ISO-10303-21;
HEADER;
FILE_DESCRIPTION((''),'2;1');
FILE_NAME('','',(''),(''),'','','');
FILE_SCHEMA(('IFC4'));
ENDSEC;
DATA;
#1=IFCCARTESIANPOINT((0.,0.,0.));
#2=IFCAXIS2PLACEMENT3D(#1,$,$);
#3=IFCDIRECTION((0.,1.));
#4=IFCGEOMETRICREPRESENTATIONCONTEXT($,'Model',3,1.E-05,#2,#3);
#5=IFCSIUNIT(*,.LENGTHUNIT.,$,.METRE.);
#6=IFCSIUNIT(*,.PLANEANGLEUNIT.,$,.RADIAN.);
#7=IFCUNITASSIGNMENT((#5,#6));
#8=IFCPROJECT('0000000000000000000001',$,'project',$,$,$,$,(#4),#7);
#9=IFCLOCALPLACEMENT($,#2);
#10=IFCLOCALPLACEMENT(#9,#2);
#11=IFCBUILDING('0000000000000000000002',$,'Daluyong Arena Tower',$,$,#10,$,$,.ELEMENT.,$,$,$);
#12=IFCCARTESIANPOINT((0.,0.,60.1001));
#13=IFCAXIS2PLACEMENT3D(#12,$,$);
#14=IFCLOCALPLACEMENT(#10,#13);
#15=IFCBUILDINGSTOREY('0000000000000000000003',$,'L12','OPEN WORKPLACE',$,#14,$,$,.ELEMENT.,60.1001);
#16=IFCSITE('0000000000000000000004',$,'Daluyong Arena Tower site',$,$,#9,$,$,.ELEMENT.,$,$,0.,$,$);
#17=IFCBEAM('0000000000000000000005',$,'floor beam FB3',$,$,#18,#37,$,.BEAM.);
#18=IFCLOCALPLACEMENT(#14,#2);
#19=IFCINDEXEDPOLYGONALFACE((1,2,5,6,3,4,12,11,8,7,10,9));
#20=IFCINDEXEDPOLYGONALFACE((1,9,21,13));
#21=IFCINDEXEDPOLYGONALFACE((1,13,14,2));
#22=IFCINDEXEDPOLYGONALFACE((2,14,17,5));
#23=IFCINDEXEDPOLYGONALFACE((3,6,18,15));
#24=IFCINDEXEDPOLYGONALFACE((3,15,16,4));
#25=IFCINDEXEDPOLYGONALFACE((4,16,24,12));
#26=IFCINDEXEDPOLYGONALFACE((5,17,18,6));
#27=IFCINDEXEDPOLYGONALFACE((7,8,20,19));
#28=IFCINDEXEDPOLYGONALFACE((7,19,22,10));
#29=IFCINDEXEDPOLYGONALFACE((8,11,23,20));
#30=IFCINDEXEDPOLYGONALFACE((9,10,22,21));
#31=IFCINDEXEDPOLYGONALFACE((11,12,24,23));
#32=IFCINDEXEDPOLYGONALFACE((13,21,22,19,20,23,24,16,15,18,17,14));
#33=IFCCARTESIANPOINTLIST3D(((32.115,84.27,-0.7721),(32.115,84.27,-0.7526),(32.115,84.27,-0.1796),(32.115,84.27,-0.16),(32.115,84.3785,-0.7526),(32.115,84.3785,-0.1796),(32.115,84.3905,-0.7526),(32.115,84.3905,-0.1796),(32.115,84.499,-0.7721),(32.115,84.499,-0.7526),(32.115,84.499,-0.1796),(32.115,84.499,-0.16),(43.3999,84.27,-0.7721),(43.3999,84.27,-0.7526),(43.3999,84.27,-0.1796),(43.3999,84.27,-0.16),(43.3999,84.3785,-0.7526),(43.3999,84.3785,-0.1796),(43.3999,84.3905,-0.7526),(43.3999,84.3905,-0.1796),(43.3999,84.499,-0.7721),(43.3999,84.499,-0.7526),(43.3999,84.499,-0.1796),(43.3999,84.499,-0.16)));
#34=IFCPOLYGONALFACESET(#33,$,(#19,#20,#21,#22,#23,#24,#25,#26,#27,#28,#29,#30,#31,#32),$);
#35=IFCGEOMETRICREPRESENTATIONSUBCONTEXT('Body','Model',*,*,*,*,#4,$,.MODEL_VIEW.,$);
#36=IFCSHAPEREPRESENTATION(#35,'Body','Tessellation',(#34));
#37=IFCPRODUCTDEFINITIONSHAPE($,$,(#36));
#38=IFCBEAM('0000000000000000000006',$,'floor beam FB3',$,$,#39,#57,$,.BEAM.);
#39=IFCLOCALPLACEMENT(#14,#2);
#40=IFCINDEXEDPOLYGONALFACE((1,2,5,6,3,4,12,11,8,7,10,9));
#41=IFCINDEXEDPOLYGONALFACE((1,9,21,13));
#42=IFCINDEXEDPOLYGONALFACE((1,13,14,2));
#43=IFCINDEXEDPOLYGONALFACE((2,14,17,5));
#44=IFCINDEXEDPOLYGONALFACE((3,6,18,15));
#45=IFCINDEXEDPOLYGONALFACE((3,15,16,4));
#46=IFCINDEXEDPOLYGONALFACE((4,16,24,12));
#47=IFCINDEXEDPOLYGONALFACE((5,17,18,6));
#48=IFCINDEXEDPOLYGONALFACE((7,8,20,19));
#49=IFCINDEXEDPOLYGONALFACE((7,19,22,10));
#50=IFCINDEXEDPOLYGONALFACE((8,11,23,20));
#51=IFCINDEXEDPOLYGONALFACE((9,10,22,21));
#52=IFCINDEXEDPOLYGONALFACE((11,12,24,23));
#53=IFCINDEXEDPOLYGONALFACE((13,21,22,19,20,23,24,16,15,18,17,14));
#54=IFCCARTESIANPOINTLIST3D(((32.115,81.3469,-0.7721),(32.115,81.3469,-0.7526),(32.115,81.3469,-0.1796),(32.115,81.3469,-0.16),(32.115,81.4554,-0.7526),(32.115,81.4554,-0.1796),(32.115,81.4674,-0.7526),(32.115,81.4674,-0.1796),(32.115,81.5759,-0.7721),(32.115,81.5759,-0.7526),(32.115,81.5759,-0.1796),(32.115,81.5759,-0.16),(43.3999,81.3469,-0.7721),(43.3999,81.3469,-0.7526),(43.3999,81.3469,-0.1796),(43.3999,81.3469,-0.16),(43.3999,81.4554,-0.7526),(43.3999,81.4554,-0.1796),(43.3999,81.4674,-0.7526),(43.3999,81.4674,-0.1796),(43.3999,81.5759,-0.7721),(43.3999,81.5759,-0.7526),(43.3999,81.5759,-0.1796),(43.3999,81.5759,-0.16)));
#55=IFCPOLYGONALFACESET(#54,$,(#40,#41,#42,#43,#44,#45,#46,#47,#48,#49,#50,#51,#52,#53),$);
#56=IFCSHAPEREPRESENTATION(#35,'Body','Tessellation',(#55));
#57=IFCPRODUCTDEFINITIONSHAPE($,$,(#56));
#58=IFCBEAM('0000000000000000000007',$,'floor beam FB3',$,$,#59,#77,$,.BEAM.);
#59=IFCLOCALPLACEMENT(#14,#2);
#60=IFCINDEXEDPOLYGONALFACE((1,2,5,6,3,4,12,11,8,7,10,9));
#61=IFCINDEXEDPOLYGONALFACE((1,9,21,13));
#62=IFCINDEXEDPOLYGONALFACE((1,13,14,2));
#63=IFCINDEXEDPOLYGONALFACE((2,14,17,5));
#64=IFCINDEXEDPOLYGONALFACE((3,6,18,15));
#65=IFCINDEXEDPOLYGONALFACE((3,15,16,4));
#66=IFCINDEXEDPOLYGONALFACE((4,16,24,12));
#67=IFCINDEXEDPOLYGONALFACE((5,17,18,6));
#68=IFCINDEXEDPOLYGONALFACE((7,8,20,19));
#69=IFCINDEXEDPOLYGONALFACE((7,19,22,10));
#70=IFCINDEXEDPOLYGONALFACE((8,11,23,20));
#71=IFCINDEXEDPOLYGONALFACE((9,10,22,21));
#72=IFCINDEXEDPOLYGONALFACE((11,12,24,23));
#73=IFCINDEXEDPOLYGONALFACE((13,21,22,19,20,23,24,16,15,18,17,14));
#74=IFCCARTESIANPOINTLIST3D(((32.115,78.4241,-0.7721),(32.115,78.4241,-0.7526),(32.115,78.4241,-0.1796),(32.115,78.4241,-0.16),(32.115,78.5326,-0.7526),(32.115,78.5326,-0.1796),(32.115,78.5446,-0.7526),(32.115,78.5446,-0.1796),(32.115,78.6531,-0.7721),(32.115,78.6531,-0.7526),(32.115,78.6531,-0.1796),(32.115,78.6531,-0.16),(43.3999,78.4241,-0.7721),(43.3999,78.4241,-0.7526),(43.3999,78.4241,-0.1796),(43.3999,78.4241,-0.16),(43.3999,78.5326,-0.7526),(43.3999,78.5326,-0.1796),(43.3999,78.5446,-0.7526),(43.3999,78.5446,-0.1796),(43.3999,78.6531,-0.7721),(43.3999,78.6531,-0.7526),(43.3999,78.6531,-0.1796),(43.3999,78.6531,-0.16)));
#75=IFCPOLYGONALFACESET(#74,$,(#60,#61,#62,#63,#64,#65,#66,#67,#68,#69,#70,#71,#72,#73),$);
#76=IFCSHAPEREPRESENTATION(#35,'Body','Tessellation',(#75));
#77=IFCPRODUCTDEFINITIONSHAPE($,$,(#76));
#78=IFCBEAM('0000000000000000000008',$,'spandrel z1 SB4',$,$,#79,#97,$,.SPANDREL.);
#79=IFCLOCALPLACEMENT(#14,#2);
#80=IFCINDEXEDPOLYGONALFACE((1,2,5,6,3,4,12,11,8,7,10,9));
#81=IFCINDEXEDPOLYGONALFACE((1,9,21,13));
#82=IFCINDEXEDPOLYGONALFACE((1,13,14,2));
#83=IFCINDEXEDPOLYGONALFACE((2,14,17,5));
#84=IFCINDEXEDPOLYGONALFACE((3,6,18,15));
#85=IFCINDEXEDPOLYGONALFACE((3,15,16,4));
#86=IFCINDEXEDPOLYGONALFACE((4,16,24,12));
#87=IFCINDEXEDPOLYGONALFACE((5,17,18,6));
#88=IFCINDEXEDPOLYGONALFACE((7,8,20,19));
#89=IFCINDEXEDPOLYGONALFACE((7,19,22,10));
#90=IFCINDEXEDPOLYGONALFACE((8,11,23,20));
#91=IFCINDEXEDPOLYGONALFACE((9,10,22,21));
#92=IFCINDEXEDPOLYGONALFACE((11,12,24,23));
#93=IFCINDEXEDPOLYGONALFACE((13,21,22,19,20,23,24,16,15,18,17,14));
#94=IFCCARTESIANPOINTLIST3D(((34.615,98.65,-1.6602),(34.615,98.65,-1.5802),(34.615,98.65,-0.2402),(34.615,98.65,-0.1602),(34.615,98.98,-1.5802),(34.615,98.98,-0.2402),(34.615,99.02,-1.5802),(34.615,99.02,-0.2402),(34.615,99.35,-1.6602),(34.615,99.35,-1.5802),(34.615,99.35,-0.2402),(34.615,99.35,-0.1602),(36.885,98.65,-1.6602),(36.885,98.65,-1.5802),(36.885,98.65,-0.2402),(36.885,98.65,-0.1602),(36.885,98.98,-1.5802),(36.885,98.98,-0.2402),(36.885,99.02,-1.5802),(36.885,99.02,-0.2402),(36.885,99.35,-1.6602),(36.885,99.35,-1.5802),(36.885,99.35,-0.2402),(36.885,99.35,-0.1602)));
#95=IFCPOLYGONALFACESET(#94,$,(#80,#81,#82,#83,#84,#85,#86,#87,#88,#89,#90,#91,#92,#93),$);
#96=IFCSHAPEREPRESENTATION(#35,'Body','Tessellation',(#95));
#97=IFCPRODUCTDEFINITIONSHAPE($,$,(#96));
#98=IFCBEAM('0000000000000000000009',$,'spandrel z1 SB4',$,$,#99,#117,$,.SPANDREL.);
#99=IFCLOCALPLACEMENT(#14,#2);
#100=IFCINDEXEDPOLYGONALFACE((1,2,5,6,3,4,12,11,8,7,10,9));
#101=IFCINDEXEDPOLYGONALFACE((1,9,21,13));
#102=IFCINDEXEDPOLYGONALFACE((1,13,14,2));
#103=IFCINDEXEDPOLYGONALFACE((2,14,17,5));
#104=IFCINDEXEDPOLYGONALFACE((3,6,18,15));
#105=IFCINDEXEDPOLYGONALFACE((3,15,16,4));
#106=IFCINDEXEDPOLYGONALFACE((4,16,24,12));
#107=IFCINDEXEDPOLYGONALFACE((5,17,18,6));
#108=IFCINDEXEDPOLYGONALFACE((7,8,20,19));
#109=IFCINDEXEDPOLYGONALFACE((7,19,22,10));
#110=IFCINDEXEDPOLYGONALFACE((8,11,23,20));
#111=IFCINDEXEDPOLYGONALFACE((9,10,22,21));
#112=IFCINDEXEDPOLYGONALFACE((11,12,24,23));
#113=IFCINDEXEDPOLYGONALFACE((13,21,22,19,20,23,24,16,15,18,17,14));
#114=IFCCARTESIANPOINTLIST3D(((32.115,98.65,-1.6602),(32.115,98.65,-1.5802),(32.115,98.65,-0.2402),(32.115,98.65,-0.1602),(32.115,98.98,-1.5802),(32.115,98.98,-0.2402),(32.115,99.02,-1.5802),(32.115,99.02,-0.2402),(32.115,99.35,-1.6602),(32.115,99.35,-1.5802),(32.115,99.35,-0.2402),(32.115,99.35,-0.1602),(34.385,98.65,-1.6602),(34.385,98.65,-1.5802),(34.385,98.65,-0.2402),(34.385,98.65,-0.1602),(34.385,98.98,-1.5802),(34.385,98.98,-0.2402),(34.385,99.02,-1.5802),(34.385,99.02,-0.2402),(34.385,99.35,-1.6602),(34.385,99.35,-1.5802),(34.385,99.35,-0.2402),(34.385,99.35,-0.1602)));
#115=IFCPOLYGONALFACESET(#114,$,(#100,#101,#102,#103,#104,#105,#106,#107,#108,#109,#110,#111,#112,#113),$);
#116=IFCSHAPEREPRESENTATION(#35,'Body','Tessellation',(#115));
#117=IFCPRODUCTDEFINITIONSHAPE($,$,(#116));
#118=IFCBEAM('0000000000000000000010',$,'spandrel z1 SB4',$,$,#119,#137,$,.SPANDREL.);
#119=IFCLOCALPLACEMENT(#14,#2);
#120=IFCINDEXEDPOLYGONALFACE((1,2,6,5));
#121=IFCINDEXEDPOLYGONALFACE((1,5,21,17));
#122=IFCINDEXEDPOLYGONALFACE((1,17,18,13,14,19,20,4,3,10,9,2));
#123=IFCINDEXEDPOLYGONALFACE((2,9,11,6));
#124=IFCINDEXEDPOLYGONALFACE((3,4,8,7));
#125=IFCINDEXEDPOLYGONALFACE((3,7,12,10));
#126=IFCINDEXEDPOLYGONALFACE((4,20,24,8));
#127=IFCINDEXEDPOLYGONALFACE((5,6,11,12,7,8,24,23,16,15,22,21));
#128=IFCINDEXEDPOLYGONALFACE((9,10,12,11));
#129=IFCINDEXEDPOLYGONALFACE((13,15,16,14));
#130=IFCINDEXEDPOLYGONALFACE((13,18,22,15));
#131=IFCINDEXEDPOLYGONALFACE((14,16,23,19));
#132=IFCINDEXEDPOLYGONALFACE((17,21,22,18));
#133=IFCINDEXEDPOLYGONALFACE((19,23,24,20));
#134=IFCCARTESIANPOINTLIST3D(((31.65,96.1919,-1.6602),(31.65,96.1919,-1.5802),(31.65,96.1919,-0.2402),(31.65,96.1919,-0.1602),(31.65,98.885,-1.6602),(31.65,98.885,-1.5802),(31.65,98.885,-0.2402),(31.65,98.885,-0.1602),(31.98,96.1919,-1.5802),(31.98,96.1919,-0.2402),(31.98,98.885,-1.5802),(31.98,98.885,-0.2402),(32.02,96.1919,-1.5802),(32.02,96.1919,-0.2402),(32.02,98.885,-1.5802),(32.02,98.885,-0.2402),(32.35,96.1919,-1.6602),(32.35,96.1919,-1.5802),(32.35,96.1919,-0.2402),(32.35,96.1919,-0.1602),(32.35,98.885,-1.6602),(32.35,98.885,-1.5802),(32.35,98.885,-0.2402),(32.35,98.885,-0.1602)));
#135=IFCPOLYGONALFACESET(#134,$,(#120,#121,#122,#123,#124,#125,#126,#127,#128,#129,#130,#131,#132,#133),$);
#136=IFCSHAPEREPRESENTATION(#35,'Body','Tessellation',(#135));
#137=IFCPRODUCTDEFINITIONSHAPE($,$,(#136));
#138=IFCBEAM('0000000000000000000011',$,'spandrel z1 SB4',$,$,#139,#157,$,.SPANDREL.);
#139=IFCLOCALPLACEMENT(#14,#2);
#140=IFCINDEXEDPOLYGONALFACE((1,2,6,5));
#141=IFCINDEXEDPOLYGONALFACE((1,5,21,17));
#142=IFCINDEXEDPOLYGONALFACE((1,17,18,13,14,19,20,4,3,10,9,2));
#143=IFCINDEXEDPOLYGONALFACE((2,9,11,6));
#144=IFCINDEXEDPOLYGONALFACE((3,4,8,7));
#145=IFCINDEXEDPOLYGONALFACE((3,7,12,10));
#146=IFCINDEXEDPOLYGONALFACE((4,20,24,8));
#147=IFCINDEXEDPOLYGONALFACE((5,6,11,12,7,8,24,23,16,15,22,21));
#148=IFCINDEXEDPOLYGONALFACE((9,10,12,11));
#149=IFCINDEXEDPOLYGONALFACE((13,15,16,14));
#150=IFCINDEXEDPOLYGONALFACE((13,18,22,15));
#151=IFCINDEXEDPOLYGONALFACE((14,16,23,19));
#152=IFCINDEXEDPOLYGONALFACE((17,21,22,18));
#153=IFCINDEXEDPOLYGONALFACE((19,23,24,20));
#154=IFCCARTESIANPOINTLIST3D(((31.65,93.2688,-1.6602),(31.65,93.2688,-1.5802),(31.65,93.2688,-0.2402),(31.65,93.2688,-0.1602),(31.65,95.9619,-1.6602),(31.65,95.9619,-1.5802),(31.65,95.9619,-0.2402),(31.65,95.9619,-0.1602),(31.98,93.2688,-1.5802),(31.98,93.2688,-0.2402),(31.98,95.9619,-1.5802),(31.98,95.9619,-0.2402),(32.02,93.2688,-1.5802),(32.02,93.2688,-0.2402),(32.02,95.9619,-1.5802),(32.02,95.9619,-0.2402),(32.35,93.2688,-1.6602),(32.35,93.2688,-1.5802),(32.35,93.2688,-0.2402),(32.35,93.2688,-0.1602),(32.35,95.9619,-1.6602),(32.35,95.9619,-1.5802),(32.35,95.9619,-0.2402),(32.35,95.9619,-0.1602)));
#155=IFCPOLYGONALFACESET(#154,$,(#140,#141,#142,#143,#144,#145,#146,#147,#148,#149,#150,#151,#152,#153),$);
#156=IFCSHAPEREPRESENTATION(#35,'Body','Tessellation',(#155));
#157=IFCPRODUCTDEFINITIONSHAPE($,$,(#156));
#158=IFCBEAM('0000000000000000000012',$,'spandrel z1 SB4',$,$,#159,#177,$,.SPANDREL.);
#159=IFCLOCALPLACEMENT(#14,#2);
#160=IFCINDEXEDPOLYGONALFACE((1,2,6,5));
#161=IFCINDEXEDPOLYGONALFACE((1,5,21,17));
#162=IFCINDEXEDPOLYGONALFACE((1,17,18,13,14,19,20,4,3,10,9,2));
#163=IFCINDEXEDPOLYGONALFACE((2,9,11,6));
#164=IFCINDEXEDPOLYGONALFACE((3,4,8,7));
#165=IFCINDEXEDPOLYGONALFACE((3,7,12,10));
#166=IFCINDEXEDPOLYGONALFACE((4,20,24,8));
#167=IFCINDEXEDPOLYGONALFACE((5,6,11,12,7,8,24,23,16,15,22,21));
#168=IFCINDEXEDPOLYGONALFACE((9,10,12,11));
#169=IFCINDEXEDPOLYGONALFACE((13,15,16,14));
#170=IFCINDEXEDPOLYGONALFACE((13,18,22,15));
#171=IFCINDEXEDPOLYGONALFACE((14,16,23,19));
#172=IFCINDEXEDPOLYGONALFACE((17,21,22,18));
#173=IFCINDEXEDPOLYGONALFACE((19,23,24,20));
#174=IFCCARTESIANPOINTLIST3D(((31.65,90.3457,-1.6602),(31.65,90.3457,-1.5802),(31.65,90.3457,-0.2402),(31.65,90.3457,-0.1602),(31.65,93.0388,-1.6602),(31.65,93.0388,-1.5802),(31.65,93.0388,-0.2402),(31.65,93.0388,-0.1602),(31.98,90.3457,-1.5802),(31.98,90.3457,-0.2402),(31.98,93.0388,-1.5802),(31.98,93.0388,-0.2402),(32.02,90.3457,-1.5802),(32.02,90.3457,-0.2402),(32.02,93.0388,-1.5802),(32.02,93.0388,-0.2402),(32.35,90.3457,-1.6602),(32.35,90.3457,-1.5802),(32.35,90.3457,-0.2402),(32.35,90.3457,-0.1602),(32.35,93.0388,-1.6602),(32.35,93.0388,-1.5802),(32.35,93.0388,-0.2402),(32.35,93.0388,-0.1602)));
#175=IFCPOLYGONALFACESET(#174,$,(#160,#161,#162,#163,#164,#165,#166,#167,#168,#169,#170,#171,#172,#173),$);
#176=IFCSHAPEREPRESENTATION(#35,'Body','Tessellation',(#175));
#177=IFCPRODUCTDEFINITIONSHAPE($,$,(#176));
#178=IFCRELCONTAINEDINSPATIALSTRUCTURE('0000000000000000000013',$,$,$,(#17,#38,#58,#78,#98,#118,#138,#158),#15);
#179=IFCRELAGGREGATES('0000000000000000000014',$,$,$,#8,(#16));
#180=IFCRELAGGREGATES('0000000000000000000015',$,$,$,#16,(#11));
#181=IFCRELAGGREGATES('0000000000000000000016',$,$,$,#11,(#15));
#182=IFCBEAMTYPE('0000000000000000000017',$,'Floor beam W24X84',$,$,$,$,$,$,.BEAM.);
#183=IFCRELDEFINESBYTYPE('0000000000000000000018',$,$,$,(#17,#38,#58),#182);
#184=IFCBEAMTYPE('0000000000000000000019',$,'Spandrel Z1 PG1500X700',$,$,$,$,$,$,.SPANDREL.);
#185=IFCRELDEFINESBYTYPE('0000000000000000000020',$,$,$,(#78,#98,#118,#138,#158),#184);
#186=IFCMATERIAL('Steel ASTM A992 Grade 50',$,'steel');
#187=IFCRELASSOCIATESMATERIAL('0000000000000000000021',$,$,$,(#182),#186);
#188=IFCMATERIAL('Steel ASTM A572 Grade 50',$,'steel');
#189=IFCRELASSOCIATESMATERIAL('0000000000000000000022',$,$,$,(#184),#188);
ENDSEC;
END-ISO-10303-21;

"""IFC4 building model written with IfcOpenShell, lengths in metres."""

from ifc_helpers import new_model, si_unit, direction, frame, origin, origin_2d, place, context, subcontext, project, spatial, i_section, extrude, material, material_profile, profile_set, type_object, element, save


model = new_model("IFC4")

# Units and contexts
model_context = context("Model", 3, precision=1e-05, world=origin(), true_north=direction((0.0, 1.0)))
body_context = subcontext(model_context, "Body", "Model", "MODEL_VIEW")
ifc_project = project(units=[si_unit("LENGTHUNIT", "METRE"), si_unit("PLANEANGLEUNIT", "RADIAN")], contexts=[model_context])

# Site, building, storey
site_placement = place(None, origin())
site = spatial("IfcSite", under=ifc_project, at=site_placement, Name="Daluyong Arena Tower site", CompositionType="ELEMENT", RefElevation=0.0)
building_placement = place(site_placement, origin())
building = spatial("IfcBuilding", under=site, at=building_placement, Name="Daluyong Arena Tower", CompositionType="ELEMENT")
storey_placement = place(building_placement, frame((0.0, 0.0, 60.1001)))
storey = spatial("IfcBuildingStorey", under=building, at=storey_placement, Name="L12", Description="OPEN WORKPLACE", CompositionType="ELEMENT", Elevation=60.1001)

# Beams
ifc_material_1 = material(Name="Steel ASTM A992 Grade 50", Category="steel")
ifc_material_profile_1 = material_profile(ifc_material_1, i_section(OverallWidth=0.229, OverallDepth=0.6121, WebThickness=0.012, FlangeThickness=0.0195, at=origin_2d()))
ifc_profile_set_1 = profile_set([ifc_material_profile_1], Name="Steel ASTM A992 Grade 50")
beam_type_1 = type_object("IfcBeamType", Name="Floor beam W24X84", PredefinedType="BEAM", material=ifc_profile_set_1)
for number, where, z_axis, x_axis, name in (
    (1, (32.115, 84.3845, -0.4661), (1.0, 0.0, 0.0), (0.0, 1.0, 0.0), "floor beam FB3"),
    (2, (32.115, 81.4614, -0.4661), (1.0, 0.0, 0.0), (0.0, 1.0, 0.0), "floor beam FB3"),
    (3, (32.115, 78.5386, -0.4661), (1.0, 0.0, 0.0), (0.0, 1.0, 0.0), "floor beam FB3"),
):
    element("IfcBeam", number, at=place(storey_placement, frame(where, z_axis=z_axis, x_axis=x_axis)), inside=storey, type_object=beam_type_1, Name=name, PredefinedType="BEAM", context=body_context, shape_type="SweptSolid", body=[
        extrude(i_section(OverallWidth=0.229, OverallDepth=0.6121, WebThickness=0.012, FlangeThickness=0.0195, at=origin_2d()), origin(), (0.0, 0.0, 1.0), 11.2849),
    ])
ifc_material_2 = material(Name="Steel ASTM A572 Grade 50", Category="steel")
ifc_material_profile_2 = material_profile(ifc_material_2, i_section(OverallWidth=0.7, OverallDepth=1.5, WebThickness=0.04, FlangeThickness=0.08, at=origin_2d()))
ifc_profile_set_2 = profile_set([ifc_material_profile_2], Name="Steel ASTM A572 Grade 50")
beam_type_2 = type_object("IfcBeamType", Name="Spandrel Z1 PG1500X700", PredefinedType="SPANDREL", material=ifc_profile_set_2)
for number, where, z_axis, x_axis, name in (
    (4, (36.885, 99.0, -0.9102), (-1.0, 0.0, 0.0), (0.0, -1.0, 0.0), "spandrel z1 SB4"),
    (5, (34.385, 99.0, -0.9102), (-1.0, 0.0, 0.0), (0.0, -1.0, 0.0), "spandrel z1 SB4"),
):
    element("IfcBeam", number, at=place(storey_placement, frame(where, z_axis=z_axis, x_axis=x_axis)), inside=storey, type_object=beam_type_2, Name=name, PredefinedType="SPANDREL", context=body_context, shape_type="SweptSolid", body=[
        extrude(i_section(OverallWidth=0.7, OverallDepth=1.5, WebThickness=0.04, FlangeThickness=0.08, at=origin_2d()), origin(), (0.0, 0.0, 1.0), 2.27),
    ])
for number, where, z_axis, x_axis, name in (
    (6, (32.0, 98.885, -0.9102), (0.0, -1.0, 0.0), (1.0, 0.0, 0.0), "spandrel z1 SB4"),
    (7, (32.0, 95.9619, -0.9102), (0.0, -1.0, 0.0), (1.0, 0.0, 0.0), "spandrel z1 SB4"),
    (8, (32.0, 93.0388, -0.9102), (0.0, -1.0, 0.0), (1.0, 0.0, 0.0), "spandrel z1 SB4"),
):
    element("IfcBeam", number, at=place(storey_placement, frame(where, z_axis=z_axis, x_axis=x_axis)), inside=storey, type_object=beam_type_2, Name=name, PredefinedType="SPANDREL", context=body_context, shape_type="SweptSolid", body=[
        extrude(i_section(OverallWidth=0.7, OverallDepth=1.5, WebThickness=0.04, FlangeThickness=0.08, at=origin_2d()), origin(), (0.0, 0.0, 1.0), 2.6931),
    ])

save(model, "model.ifc")
